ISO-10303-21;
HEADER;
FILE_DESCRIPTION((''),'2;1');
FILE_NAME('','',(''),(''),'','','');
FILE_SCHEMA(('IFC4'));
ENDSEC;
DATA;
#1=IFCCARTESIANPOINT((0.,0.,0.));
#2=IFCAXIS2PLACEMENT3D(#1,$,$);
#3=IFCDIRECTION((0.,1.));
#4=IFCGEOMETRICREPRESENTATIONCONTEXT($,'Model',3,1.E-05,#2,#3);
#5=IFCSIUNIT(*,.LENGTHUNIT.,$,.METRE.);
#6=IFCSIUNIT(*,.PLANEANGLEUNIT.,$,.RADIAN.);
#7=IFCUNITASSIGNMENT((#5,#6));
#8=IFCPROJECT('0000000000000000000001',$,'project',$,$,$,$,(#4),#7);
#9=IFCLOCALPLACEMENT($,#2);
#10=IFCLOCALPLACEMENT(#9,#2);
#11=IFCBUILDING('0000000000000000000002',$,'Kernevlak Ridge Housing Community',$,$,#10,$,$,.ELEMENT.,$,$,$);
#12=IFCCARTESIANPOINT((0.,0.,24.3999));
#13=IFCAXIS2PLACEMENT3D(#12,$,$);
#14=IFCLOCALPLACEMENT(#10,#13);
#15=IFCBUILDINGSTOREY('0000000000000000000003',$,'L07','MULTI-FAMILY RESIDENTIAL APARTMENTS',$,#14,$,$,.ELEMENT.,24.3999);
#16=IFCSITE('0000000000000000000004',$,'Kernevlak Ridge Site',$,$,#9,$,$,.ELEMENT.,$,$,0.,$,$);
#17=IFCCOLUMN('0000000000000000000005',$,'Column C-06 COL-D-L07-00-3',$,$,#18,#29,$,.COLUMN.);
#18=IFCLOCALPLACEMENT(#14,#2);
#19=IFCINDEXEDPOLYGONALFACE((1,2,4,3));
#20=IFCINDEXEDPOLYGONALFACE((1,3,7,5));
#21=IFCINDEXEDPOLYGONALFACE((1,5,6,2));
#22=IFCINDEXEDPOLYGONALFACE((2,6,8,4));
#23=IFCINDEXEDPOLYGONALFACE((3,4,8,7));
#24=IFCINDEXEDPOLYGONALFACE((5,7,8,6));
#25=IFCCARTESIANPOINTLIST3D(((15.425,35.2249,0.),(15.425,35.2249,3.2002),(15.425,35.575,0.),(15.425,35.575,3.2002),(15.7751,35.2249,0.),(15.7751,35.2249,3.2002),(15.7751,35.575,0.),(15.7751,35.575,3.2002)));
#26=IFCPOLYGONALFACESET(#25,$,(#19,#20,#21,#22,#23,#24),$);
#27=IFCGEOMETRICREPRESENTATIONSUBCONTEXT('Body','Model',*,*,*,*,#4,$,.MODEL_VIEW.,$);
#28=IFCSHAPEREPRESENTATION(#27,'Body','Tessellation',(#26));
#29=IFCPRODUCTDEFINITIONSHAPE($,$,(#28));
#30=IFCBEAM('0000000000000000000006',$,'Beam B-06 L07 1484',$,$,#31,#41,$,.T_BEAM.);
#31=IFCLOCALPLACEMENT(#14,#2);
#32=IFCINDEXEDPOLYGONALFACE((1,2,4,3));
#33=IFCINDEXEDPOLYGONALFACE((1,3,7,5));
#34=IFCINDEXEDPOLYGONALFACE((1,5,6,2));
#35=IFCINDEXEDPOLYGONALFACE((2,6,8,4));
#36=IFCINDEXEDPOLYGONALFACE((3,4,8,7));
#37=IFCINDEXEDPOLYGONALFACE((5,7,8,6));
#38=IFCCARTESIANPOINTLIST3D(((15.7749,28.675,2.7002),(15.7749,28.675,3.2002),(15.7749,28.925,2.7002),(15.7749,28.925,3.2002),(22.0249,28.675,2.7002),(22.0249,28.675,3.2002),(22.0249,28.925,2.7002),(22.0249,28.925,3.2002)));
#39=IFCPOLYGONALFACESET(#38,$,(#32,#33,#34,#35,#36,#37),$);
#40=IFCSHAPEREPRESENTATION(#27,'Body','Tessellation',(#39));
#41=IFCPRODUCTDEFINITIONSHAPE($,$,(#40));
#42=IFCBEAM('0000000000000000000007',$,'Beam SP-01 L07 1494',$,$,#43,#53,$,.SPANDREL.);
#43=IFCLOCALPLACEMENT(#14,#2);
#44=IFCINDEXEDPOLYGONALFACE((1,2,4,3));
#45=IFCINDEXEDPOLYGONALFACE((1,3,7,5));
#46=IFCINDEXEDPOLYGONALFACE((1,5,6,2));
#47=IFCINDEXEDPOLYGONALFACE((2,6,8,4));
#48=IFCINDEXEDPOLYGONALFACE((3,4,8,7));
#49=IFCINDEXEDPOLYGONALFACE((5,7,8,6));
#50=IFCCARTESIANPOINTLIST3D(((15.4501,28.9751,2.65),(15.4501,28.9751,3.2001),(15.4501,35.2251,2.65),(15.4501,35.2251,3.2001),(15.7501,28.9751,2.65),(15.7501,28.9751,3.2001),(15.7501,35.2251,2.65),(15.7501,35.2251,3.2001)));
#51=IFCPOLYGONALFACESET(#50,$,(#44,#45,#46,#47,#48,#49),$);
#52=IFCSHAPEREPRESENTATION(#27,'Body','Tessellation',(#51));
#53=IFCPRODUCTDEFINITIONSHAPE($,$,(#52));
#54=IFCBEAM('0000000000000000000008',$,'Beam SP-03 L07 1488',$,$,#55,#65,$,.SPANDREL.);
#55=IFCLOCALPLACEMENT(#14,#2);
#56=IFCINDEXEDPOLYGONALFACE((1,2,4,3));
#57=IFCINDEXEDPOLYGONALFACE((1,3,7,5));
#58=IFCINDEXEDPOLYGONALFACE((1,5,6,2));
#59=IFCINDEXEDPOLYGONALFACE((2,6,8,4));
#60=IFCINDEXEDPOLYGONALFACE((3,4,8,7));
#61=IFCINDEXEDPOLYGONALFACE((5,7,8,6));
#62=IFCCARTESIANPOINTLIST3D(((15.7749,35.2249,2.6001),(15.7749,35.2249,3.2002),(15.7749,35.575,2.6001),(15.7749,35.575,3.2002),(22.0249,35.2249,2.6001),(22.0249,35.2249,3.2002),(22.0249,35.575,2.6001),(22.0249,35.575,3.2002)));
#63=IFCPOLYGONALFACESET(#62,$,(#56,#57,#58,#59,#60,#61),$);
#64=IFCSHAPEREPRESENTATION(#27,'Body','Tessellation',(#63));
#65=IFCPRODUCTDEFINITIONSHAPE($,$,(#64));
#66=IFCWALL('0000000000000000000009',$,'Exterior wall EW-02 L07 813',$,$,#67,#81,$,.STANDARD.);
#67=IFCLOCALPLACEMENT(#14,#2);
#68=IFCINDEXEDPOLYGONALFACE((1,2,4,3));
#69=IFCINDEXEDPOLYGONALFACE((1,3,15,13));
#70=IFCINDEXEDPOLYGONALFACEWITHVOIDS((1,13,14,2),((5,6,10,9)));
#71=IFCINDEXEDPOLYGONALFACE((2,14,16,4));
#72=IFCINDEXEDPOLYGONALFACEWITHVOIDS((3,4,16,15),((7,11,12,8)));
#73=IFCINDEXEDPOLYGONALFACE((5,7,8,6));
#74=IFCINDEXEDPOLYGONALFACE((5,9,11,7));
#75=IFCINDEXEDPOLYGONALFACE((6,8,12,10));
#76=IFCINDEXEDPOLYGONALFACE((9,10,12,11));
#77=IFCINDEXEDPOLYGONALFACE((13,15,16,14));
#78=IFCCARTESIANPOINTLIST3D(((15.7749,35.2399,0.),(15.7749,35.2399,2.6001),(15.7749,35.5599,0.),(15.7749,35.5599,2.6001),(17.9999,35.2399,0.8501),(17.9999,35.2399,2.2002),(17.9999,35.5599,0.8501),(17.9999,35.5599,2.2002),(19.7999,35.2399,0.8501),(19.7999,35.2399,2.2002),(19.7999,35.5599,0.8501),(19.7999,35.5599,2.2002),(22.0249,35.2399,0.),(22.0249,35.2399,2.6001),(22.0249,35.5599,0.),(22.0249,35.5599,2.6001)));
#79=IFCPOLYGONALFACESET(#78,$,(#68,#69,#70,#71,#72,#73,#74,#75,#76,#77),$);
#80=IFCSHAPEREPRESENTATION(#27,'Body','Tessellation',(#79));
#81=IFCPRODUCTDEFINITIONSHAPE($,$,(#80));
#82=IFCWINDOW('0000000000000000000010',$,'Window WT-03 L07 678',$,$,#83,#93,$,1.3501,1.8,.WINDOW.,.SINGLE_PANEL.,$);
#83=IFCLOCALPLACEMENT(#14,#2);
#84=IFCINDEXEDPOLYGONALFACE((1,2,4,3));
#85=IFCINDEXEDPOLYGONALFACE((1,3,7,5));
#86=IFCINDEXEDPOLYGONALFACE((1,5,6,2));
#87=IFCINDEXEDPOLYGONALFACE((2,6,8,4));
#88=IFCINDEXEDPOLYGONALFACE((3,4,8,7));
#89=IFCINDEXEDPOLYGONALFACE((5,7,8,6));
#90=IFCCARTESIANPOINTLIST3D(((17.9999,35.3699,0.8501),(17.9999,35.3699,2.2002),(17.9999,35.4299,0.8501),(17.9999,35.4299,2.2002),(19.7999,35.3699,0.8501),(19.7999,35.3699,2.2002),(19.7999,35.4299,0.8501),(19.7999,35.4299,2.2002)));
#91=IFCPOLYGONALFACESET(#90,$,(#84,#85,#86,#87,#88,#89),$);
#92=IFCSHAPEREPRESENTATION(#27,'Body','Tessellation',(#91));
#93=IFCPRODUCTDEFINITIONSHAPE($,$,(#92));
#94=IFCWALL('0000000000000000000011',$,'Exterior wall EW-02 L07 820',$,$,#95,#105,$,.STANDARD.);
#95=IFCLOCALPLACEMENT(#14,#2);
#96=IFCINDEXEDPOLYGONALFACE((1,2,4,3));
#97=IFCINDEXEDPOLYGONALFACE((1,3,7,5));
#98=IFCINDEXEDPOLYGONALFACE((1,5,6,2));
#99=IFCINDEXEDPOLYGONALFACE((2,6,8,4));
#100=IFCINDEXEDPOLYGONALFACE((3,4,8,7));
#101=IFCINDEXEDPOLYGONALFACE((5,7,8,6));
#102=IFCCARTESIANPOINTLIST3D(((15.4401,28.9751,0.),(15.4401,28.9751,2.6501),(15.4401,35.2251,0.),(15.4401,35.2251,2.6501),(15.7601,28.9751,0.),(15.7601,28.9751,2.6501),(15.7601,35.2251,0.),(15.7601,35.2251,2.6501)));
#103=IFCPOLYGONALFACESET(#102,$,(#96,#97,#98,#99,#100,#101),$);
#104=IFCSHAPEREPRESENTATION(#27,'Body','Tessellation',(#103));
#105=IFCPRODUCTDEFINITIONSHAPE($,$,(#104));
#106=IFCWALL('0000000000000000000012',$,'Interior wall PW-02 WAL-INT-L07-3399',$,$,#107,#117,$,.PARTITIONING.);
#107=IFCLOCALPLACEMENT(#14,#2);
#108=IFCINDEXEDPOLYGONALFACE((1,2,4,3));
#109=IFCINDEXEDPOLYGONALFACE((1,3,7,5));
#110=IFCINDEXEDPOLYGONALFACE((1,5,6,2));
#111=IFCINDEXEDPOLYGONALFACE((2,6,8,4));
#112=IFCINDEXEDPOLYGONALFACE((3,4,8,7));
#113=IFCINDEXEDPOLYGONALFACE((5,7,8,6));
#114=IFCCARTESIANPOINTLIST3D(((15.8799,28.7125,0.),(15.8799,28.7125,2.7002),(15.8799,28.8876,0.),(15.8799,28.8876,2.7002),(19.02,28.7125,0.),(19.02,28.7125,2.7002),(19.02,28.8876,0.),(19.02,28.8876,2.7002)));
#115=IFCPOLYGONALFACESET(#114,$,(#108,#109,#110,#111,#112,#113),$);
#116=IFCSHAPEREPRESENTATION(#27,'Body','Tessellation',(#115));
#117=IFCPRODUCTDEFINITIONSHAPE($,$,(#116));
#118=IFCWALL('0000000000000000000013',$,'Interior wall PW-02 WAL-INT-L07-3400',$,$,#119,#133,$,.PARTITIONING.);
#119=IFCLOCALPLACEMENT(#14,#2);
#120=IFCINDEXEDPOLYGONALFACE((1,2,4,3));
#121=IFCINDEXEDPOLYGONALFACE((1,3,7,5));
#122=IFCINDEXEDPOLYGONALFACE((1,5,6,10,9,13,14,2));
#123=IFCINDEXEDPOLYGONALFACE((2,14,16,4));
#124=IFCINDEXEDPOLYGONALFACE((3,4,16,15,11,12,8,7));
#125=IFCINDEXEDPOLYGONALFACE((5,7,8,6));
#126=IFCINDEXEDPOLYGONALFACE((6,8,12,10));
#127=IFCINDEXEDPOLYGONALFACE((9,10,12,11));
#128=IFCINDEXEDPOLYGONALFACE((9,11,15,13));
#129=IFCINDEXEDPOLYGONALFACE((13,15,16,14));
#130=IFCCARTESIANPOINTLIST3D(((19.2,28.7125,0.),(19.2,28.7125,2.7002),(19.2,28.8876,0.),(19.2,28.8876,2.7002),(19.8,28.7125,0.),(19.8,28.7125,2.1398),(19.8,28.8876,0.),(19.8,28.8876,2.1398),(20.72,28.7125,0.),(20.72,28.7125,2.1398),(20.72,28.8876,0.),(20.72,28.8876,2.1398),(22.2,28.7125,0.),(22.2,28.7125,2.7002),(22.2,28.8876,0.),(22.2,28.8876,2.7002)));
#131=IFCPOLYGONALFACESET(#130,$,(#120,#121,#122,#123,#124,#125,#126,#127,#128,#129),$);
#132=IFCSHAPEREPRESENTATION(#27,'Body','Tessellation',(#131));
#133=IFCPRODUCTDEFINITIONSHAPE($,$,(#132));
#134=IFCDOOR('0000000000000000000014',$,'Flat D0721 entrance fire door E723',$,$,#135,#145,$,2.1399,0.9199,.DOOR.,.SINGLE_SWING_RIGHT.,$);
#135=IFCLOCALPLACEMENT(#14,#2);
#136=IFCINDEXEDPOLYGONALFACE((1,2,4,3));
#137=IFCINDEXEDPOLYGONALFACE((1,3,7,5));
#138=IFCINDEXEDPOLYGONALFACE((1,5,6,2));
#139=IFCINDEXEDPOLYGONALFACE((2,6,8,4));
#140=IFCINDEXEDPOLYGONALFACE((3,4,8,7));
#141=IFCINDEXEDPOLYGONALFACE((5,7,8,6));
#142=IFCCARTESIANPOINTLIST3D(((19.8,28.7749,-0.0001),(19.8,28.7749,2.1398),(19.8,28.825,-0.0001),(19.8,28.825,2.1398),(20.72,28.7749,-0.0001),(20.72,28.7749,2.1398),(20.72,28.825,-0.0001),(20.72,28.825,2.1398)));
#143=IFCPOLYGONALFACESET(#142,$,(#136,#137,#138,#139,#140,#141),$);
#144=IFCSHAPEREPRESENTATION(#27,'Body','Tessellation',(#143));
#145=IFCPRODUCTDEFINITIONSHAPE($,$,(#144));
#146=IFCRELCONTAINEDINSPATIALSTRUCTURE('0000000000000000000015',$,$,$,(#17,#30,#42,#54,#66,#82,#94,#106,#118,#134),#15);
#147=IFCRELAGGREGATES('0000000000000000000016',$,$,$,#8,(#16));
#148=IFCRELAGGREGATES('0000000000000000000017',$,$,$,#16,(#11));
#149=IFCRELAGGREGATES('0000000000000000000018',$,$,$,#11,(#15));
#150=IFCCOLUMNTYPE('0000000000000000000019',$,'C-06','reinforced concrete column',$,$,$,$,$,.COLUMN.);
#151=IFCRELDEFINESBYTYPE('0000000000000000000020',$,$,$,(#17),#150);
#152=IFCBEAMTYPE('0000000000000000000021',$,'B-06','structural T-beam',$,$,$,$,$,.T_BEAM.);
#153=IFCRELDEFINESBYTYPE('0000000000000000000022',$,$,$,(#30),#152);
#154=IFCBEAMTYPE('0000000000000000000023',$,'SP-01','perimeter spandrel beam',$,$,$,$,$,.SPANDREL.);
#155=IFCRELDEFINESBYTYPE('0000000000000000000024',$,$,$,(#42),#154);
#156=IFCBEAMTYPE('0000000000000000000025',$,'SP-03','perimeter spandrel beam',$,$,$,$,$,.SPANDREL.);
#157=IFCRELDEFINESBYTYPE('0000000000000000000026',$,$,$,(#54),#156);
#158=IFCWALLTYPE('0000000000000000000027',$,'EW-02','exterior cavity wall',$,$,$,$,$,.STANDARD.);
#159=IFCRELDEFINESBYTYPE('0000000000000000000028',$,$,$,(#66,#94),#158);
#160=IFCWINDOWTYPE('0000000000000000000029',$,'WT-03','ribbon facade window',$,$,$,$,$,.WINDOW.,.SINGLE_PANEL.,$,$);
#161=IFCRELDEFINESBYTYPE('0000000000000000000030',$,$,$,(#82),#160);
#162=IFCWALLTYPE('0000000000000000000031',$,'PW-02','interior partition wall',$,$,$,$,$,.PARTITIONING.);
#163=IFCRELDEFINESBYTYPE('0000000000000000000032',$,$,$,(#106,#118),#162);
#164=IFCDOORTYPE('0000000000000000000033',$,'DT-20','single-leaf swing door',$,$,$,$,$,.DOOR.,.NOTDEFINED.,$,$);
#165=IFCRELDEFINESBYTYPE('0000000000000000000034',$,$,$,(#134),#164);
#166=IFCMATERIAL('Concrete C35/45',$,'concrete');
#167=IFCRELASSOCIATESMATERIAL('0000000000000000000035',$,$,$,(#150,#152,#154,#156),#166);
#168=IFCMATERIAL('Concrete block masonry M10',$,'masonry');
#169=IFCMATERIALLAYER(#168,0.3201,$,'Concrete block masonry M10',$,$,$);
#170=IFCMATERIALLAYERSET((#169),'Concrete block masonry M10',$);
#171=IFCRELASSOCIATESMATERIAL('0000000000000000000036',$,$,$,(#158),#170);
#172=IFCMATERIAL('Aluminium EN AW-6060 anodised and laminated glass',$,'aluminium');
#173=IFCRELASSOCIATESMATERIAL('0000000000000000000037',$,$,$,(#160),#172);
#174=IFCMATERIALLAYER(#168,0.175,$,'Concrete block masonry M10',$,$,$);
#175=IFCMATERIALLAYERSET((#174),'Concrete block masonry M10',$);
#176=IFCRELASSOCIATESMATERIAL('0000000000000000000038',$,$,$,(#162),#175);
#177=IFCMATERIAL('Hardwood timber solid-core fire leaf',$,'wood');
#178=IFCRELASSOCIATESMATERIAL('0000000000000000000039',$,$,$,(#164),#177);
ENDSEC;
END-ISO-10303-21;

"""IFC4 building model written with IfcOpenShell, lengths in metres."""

from ifc_helpers import new_model, si_unit, direction, frame, frame_2d, origin, origin_2d, place, context, subcontext, project, spatial, rectangle, extrude, material, layer, layer_set, material_profile, profile_set, type_object, element, fill, save


model = new_model("IFC4")

# Units and contexts
model_context = context("Model", 3, precision=1e-05, world=origin(), true_north=direction((0.0, 1.0)))
body_context = subcontext(model_context, "Body", "Model", "MODEL_VIEW")
ifc_project = project(units=[si_unit("LENGTHUNIT", "METRE"), si_unit("PLANEANGLEUNIT", "RADIAN")], contexts=[model_context])

# Site, building, storey
site_placement = place(None, origin())
site = spatial("IfcSite", under=ifc_project, at=site_placement, Name="Kernevlak Ridge Site", CompositionType="ELEMENT", RefElevation=0.0)
building_placement = place(site_placement, origin())
building = spatial("IfcBuilding", under=site, at=building_placement, Name="Kernevlak Ridge Housing Community", CompositionType="ELEMENT")
storey_placement = place(building_placement, frame((0.0, 0.0, 24.3999)))
storey = spatial("IfcBuildingStorey", under=building, at=storey_placement, Name="L07", Description="MULTI-FAMILY RESIDENTIAL APARTMENTS", CompositionType="ELEMENT", Elevation=24.3999)

# Column
ifc_material_1 = material(Name="Concrete C35/45", Category="concrete")
ifc_material_profile_1 = material_profile(ifc_material_1, rectangle(XDim=0.3501, YDim=0.3501, at=origin_2d()), Name="RC 350x350")
ifc_profile_set_1 = profile_set([ifc_material_profile_1], Name="Concrete C35/45")
column_type = type_object("IfcColumnType", Name="C-06", Description="reinforced concrete column", PredefinedType="COLUMN", material=ifc_profile_set_1)
column_placement = place(storey_placement, frame((15.6001, 35.3999, 0.0), z_axis=(0.0, 0.0, 1.0), x_axis=(1.0, 0.0, 0.0)))
element("IfcColumn", 1, at=column_placement, inside=storey, type_object=column_type, Name="Column C-06 COL-D-L07-00-3", PredefinedType="COLUMN", context=body_context, shape_type="SweptSolid", body=[
    extrude(rectangle(XDim=0.3501, YDim=0.3501, at=origin_2d()), origin(), (0.0, 0.0, 1.0), 3.2002),
])

# Beams
ifc_material_profile_2 = material_profile(ifc_material_1, rectangle(XDim=0.25, YDim=0.5, at=origin_2d()), Name="RC 250x500")
ifc_profile_set_2 = profile_set([ifc_material_profile_2], Name="Concrete C35/45")
beam_type_1 = type_object("IfcBeamType", Name="B-06", Description="structural T-beam", PredefinedType="T_BEAM", material=ifc_profile_set_2)
beam_1_placement = place(storey_placement, frame((15.7749, 28.8, 2.9502), z_axis=(1.0, 0.0, 0.0), x_axis=(0.0, 1.0, 0.0)))
element("IfcBeam", 2, at=beam_1_placement, inside=storey, type_object=beam_type_1, Name="Beam B-06 L07 1484", PredefinedType="T_BEAM", context=body_context, shape_type="SweptSolid", body=[
    extrude(rectangle(XDim=0.25, YDim=0.5, at=origin_2d()), origin(), (0.0, 0.0, 1.0), 6.25),
])
ifc_material_profile_3 = material_profile(ifc_material_1, rectangle(XDim=0.3, YDim=0.55, at=origin_2d()), Name="RC 300x550")
ifc_profile_set_3 = profile_set([ifc_material_profile_3], Name="Concrete C35/45")
beam_type_2 = type_object("IfcBeamType", Name="SP-01", Description="perimeter spandrel beam", PredefinedType="SPANDREL", material=ifc_profile_set_3)
beam_2_placement = place(storey_placement, frame((15.6001, 28.9751, 2.925), z_axis=(0.0, 1.0, 0.0), x_axis=(-1.0, 0.0, 0.0)))
element("IfcBeam", 3, at=beam_2_placement, inside=storey, type_object=beam_type_2, Name="Beam SP-01 L07 1494", PredefinedType="SPANDREL", context=body_context, shape_type="SweptSolid", body=[
    extrude(rectangle(XDim=0.3, YDim=0.55, at=origin_2d()), origin(), (0.0, 0.0, 1.0), 6.25),
])
ifc_material_profile_4 = material_profile(ifc_material_1, rectangle(XDim=0.3501, YDim=0.6001, at=origin_2d()), Name="RC 350x600")
ifc_profile_set_4 = profile_set([ifc_material_profile_4], Name="Concrete C35/45")
beam_type_3 = type_object("IfcBeamType", Name="SP-03", Description="perimeter spandrel beam", PredefinedType="SPANDREL", material=ifc_profile_set_4)
beam_3_placement = place(storey_placement, frame((15.7749, 35.3999, 2.9001), z_axis=(1.0, 0.0, 0.0), x_axis=(0.0, 1.0, 0.0)))
element("IfcBeam", 4, at=beam_3_placement, inside=storey, type_object=beam_type_3, Name="Beam SP-03 L07 1488", PredefinedType="SPANDREL", context=body_context, shape_type="SweptSolid", body=[
    extrude(rectangle(XDim=0.3501, YDim=0.6001, at=origin_2d()), origin(), (0.0, 0.0, 1.0), 6.25),
])

# Wall, opening, window
ifc_material_2 = material(Name="Concrete block masonry M10", Category="masonry")
ifc_layer_1 = layer(ifc_material_2, 0.3201, Name="Concrete block masonry M10")
ifc_layer_set_1 = layer_set([ifc_layer_1], Name="Concrete block masonry M10")
wall_type_1 = type_object("IfcWallType", Name="EW-02", Description="exterior cavity wall", PredefinedType="STANDARD", material=ifc_layer_set_1)
wall_1_placement = place(storey_placement, frame((15.7749, 35.3999, 0.0), z_axis=(0.0, 0.0, 1.0), x_axis=(1.0, 0.0, 0.0)))
wall_1 = element("IfcWall", 5, at=wall_1_placement, inside=storey, type_object=wall_type_1, Name="Exterior wall EW-02 L07 813", PredefinedType="STANDARD", context=body_context, shape_type="SweptSolid", body=[
    extrude(rectangle(XDim=6.25, YDim=0.3201, at=frame_2d((3.125, 0.0))), origin(), (0.0, 0.0, 1.0), 2.6001),
])
opening_1_placement = place(wall_1_placement, frame((2.2251, 0.0, 0.8501)))
opening_1 = element("IfcOpeningElement", 6, at=opening_1_placement, cuts=wall_1, PredefinedType="OPENING", context=body_context, shape_type="SweptSolid", body=[
    extrude(rectangle(XDim=1.8, YDim=1.3501, at=frame_2d((0.8999, 0.675))), frame((0.0, 0.1699, 0.0), z_axis=(0.0, -1.0, 0.0), x_axis=(1.0, 0.0, 0.0)), (0.0, 0.0, 1.0), 0.3401),
])
ifc_material_3 = material(Name="Aluminium EN AW-6060 anodised and laminated glass", Category="aluminium")
window_type = type_object("IfcWindowType", Name="WT-03", Description="ribbon facade window", PartitioningType="SINGLE_PANEL", PredefinedType="WINDOW", material=ifc_material_3)
window_placement = place(opening_1_placement, origin())
window = element("IfcWindow", 7, at=window_placement, inside=storey, type_object=window_type, Name="Window WT-03 L07 678", OverallHeight=1.3501, OverallWidth=1.8, PartitioningType="SINGLE_PANEL", PredefinedType="WINDOW", context=body_context, shape_type="SweptSolid", body=[
    extrude(rectangle(XDim=1.8, YDim=1.3501, at=frame_2d((0.8999, 0.675))), frame((0.0, 0.03, 0.0), z_axis=(0.0, -1.0, 0.0), x_axis=(1.0, 0.0, 0.0)), (0.0, 0.0, 1.0), 0.0601),
])
fill(opening_1, window)

# Walls
wall_2_placement = place(storey_placement, frame((15.6001, 28.9751, 0.0), z_axis=(0.0, 0.0, 1.0), x_axis=(0.0, 1.0, 0.0)))
element("IfcWall", 8, at=wall_2_placement, inside=storey, type_object=wall_type_1, Name="Exterior wall EW-02 L07 820", PredefinedType="STANDARD", context=body_context, shape_type="SweptSolid", body=[
    extrude(rectangle(XDim=6.25, YDim=0.3201, at=frame_2d((3.125, 0.0))), origin(), (0.0, 0.0, 1.0), 2.6501),
])
ifc_layer_2 = layer(ifc_material_2, 0.175, Name="Concrete block masonry M10")
ifc_layer_set_2 = layer_set([ifc_layer_2], Name="Concrete block masonry M10")
wall_type_2 = type_object("IfcWallType", Name="PW-02", Description="interior partition wall", PredefinedType="PARTITIONING", material=ifc_layer_set_2)
wall_3_placement = place(storey_placement, frame((15.8799, 28.8, 0.0), z_axis=(0.0, 0.0, 1.0), x_axis=(1.0, 0.0, 0.0)))
element("IfcWall", 9, at=wall_3_placement, inside=storey, type_object=wall_type_2, Name="Interior wall PW-02 WAL-INT-L07-3399", PredefinedType="PARTITIONING", context=body_context, shape_type="SweptSolid", body=[
    extrude(rectangle(XDim=3.1401, YDim=0.175, at=frame_2d((1.5701, 0.0))), origin(), (0.0, 0.0, 1.0), 2.7002),
])

# Wall, opening, door
wall_4_placement = place(storey_placement, frame((19.2, 28.8, 0.0), z_axis=(0.0, 0.0, 1.0), x_axis=(1.0, 0.0, 0.0)))
wall_4 = element("IfcWall", 10, at=wall_4_placement, inside=storey, type_object=wall_type_2, Name="Interior wall PW-02 WAL-INT-L07-3400", PredefinedType="PARTITIONING", context=body_context, shape_type="SweptSolid", body=[
    extrude(rectangle(XDim=3.0, YDim=0.175, at=frame_2d((1.5, 0.0))), origin(), (0.0, 0.0, 1.0), 2.7002),
])
opening_2_placement = place(wall_4_placement, frame((0.6001, 0.0, 0.0)))
opening_2 = element("IfcOpeningElement", 11, at=opening_2_placement, cuts=wall_4, PredefinedType="OPENING", context=body_context, shape_type="SweptSolid", body=[
    extrude(rectangle(XDim=0.9199, YDim=2.1399, at=frame_2d((0.46, 1.0698))), frame((0.0, 0.0974, 0.0), z_axis=(0.0, -1.0, 0.0), x_axis=(1.0, 0.0, 0.0)), (0.0, 0.0, 1.0), 0.1951),
])
ifc_material_4 = material(Name="Hardwood timber solid-core fire leaf", Category="wood")
door_type_1 = type_object("IfcDoorType", Name="DT-20", Description="single-leaf swing door", OperationType="NOTDEFINED", PredefinedType="DOOR", material=ifc_material_4)
door_1_placement = place(opening_2_placement, origin())
door_1 = element("IfcDoor", 12, at=door_1_placement, inside=storey, type_object=door_type_1, Name="Flat D0721 entrance fire door E723", OperationType="SINGLE_SWING_RIGHT", OverallHeight=2.1399, OverallWidth=0.9199, PredefinedType="DOOR", context=body_context, shape_type="SweptSolid", body=[
    extrude(rectangle(XDim=0.9199, YDim=2.1399, at=frame_2d((0.46, 1.0698))), frame((0.0, 0.0249, 0.0), z_axis=(0.0, -1.0, 0.0), x_axis=(1.0, 0.0, 0.0)), (0.0, 0.0, 1.0), 0.05),
])
fill(opening_2, door_1)

save(model, "model.ifc")
